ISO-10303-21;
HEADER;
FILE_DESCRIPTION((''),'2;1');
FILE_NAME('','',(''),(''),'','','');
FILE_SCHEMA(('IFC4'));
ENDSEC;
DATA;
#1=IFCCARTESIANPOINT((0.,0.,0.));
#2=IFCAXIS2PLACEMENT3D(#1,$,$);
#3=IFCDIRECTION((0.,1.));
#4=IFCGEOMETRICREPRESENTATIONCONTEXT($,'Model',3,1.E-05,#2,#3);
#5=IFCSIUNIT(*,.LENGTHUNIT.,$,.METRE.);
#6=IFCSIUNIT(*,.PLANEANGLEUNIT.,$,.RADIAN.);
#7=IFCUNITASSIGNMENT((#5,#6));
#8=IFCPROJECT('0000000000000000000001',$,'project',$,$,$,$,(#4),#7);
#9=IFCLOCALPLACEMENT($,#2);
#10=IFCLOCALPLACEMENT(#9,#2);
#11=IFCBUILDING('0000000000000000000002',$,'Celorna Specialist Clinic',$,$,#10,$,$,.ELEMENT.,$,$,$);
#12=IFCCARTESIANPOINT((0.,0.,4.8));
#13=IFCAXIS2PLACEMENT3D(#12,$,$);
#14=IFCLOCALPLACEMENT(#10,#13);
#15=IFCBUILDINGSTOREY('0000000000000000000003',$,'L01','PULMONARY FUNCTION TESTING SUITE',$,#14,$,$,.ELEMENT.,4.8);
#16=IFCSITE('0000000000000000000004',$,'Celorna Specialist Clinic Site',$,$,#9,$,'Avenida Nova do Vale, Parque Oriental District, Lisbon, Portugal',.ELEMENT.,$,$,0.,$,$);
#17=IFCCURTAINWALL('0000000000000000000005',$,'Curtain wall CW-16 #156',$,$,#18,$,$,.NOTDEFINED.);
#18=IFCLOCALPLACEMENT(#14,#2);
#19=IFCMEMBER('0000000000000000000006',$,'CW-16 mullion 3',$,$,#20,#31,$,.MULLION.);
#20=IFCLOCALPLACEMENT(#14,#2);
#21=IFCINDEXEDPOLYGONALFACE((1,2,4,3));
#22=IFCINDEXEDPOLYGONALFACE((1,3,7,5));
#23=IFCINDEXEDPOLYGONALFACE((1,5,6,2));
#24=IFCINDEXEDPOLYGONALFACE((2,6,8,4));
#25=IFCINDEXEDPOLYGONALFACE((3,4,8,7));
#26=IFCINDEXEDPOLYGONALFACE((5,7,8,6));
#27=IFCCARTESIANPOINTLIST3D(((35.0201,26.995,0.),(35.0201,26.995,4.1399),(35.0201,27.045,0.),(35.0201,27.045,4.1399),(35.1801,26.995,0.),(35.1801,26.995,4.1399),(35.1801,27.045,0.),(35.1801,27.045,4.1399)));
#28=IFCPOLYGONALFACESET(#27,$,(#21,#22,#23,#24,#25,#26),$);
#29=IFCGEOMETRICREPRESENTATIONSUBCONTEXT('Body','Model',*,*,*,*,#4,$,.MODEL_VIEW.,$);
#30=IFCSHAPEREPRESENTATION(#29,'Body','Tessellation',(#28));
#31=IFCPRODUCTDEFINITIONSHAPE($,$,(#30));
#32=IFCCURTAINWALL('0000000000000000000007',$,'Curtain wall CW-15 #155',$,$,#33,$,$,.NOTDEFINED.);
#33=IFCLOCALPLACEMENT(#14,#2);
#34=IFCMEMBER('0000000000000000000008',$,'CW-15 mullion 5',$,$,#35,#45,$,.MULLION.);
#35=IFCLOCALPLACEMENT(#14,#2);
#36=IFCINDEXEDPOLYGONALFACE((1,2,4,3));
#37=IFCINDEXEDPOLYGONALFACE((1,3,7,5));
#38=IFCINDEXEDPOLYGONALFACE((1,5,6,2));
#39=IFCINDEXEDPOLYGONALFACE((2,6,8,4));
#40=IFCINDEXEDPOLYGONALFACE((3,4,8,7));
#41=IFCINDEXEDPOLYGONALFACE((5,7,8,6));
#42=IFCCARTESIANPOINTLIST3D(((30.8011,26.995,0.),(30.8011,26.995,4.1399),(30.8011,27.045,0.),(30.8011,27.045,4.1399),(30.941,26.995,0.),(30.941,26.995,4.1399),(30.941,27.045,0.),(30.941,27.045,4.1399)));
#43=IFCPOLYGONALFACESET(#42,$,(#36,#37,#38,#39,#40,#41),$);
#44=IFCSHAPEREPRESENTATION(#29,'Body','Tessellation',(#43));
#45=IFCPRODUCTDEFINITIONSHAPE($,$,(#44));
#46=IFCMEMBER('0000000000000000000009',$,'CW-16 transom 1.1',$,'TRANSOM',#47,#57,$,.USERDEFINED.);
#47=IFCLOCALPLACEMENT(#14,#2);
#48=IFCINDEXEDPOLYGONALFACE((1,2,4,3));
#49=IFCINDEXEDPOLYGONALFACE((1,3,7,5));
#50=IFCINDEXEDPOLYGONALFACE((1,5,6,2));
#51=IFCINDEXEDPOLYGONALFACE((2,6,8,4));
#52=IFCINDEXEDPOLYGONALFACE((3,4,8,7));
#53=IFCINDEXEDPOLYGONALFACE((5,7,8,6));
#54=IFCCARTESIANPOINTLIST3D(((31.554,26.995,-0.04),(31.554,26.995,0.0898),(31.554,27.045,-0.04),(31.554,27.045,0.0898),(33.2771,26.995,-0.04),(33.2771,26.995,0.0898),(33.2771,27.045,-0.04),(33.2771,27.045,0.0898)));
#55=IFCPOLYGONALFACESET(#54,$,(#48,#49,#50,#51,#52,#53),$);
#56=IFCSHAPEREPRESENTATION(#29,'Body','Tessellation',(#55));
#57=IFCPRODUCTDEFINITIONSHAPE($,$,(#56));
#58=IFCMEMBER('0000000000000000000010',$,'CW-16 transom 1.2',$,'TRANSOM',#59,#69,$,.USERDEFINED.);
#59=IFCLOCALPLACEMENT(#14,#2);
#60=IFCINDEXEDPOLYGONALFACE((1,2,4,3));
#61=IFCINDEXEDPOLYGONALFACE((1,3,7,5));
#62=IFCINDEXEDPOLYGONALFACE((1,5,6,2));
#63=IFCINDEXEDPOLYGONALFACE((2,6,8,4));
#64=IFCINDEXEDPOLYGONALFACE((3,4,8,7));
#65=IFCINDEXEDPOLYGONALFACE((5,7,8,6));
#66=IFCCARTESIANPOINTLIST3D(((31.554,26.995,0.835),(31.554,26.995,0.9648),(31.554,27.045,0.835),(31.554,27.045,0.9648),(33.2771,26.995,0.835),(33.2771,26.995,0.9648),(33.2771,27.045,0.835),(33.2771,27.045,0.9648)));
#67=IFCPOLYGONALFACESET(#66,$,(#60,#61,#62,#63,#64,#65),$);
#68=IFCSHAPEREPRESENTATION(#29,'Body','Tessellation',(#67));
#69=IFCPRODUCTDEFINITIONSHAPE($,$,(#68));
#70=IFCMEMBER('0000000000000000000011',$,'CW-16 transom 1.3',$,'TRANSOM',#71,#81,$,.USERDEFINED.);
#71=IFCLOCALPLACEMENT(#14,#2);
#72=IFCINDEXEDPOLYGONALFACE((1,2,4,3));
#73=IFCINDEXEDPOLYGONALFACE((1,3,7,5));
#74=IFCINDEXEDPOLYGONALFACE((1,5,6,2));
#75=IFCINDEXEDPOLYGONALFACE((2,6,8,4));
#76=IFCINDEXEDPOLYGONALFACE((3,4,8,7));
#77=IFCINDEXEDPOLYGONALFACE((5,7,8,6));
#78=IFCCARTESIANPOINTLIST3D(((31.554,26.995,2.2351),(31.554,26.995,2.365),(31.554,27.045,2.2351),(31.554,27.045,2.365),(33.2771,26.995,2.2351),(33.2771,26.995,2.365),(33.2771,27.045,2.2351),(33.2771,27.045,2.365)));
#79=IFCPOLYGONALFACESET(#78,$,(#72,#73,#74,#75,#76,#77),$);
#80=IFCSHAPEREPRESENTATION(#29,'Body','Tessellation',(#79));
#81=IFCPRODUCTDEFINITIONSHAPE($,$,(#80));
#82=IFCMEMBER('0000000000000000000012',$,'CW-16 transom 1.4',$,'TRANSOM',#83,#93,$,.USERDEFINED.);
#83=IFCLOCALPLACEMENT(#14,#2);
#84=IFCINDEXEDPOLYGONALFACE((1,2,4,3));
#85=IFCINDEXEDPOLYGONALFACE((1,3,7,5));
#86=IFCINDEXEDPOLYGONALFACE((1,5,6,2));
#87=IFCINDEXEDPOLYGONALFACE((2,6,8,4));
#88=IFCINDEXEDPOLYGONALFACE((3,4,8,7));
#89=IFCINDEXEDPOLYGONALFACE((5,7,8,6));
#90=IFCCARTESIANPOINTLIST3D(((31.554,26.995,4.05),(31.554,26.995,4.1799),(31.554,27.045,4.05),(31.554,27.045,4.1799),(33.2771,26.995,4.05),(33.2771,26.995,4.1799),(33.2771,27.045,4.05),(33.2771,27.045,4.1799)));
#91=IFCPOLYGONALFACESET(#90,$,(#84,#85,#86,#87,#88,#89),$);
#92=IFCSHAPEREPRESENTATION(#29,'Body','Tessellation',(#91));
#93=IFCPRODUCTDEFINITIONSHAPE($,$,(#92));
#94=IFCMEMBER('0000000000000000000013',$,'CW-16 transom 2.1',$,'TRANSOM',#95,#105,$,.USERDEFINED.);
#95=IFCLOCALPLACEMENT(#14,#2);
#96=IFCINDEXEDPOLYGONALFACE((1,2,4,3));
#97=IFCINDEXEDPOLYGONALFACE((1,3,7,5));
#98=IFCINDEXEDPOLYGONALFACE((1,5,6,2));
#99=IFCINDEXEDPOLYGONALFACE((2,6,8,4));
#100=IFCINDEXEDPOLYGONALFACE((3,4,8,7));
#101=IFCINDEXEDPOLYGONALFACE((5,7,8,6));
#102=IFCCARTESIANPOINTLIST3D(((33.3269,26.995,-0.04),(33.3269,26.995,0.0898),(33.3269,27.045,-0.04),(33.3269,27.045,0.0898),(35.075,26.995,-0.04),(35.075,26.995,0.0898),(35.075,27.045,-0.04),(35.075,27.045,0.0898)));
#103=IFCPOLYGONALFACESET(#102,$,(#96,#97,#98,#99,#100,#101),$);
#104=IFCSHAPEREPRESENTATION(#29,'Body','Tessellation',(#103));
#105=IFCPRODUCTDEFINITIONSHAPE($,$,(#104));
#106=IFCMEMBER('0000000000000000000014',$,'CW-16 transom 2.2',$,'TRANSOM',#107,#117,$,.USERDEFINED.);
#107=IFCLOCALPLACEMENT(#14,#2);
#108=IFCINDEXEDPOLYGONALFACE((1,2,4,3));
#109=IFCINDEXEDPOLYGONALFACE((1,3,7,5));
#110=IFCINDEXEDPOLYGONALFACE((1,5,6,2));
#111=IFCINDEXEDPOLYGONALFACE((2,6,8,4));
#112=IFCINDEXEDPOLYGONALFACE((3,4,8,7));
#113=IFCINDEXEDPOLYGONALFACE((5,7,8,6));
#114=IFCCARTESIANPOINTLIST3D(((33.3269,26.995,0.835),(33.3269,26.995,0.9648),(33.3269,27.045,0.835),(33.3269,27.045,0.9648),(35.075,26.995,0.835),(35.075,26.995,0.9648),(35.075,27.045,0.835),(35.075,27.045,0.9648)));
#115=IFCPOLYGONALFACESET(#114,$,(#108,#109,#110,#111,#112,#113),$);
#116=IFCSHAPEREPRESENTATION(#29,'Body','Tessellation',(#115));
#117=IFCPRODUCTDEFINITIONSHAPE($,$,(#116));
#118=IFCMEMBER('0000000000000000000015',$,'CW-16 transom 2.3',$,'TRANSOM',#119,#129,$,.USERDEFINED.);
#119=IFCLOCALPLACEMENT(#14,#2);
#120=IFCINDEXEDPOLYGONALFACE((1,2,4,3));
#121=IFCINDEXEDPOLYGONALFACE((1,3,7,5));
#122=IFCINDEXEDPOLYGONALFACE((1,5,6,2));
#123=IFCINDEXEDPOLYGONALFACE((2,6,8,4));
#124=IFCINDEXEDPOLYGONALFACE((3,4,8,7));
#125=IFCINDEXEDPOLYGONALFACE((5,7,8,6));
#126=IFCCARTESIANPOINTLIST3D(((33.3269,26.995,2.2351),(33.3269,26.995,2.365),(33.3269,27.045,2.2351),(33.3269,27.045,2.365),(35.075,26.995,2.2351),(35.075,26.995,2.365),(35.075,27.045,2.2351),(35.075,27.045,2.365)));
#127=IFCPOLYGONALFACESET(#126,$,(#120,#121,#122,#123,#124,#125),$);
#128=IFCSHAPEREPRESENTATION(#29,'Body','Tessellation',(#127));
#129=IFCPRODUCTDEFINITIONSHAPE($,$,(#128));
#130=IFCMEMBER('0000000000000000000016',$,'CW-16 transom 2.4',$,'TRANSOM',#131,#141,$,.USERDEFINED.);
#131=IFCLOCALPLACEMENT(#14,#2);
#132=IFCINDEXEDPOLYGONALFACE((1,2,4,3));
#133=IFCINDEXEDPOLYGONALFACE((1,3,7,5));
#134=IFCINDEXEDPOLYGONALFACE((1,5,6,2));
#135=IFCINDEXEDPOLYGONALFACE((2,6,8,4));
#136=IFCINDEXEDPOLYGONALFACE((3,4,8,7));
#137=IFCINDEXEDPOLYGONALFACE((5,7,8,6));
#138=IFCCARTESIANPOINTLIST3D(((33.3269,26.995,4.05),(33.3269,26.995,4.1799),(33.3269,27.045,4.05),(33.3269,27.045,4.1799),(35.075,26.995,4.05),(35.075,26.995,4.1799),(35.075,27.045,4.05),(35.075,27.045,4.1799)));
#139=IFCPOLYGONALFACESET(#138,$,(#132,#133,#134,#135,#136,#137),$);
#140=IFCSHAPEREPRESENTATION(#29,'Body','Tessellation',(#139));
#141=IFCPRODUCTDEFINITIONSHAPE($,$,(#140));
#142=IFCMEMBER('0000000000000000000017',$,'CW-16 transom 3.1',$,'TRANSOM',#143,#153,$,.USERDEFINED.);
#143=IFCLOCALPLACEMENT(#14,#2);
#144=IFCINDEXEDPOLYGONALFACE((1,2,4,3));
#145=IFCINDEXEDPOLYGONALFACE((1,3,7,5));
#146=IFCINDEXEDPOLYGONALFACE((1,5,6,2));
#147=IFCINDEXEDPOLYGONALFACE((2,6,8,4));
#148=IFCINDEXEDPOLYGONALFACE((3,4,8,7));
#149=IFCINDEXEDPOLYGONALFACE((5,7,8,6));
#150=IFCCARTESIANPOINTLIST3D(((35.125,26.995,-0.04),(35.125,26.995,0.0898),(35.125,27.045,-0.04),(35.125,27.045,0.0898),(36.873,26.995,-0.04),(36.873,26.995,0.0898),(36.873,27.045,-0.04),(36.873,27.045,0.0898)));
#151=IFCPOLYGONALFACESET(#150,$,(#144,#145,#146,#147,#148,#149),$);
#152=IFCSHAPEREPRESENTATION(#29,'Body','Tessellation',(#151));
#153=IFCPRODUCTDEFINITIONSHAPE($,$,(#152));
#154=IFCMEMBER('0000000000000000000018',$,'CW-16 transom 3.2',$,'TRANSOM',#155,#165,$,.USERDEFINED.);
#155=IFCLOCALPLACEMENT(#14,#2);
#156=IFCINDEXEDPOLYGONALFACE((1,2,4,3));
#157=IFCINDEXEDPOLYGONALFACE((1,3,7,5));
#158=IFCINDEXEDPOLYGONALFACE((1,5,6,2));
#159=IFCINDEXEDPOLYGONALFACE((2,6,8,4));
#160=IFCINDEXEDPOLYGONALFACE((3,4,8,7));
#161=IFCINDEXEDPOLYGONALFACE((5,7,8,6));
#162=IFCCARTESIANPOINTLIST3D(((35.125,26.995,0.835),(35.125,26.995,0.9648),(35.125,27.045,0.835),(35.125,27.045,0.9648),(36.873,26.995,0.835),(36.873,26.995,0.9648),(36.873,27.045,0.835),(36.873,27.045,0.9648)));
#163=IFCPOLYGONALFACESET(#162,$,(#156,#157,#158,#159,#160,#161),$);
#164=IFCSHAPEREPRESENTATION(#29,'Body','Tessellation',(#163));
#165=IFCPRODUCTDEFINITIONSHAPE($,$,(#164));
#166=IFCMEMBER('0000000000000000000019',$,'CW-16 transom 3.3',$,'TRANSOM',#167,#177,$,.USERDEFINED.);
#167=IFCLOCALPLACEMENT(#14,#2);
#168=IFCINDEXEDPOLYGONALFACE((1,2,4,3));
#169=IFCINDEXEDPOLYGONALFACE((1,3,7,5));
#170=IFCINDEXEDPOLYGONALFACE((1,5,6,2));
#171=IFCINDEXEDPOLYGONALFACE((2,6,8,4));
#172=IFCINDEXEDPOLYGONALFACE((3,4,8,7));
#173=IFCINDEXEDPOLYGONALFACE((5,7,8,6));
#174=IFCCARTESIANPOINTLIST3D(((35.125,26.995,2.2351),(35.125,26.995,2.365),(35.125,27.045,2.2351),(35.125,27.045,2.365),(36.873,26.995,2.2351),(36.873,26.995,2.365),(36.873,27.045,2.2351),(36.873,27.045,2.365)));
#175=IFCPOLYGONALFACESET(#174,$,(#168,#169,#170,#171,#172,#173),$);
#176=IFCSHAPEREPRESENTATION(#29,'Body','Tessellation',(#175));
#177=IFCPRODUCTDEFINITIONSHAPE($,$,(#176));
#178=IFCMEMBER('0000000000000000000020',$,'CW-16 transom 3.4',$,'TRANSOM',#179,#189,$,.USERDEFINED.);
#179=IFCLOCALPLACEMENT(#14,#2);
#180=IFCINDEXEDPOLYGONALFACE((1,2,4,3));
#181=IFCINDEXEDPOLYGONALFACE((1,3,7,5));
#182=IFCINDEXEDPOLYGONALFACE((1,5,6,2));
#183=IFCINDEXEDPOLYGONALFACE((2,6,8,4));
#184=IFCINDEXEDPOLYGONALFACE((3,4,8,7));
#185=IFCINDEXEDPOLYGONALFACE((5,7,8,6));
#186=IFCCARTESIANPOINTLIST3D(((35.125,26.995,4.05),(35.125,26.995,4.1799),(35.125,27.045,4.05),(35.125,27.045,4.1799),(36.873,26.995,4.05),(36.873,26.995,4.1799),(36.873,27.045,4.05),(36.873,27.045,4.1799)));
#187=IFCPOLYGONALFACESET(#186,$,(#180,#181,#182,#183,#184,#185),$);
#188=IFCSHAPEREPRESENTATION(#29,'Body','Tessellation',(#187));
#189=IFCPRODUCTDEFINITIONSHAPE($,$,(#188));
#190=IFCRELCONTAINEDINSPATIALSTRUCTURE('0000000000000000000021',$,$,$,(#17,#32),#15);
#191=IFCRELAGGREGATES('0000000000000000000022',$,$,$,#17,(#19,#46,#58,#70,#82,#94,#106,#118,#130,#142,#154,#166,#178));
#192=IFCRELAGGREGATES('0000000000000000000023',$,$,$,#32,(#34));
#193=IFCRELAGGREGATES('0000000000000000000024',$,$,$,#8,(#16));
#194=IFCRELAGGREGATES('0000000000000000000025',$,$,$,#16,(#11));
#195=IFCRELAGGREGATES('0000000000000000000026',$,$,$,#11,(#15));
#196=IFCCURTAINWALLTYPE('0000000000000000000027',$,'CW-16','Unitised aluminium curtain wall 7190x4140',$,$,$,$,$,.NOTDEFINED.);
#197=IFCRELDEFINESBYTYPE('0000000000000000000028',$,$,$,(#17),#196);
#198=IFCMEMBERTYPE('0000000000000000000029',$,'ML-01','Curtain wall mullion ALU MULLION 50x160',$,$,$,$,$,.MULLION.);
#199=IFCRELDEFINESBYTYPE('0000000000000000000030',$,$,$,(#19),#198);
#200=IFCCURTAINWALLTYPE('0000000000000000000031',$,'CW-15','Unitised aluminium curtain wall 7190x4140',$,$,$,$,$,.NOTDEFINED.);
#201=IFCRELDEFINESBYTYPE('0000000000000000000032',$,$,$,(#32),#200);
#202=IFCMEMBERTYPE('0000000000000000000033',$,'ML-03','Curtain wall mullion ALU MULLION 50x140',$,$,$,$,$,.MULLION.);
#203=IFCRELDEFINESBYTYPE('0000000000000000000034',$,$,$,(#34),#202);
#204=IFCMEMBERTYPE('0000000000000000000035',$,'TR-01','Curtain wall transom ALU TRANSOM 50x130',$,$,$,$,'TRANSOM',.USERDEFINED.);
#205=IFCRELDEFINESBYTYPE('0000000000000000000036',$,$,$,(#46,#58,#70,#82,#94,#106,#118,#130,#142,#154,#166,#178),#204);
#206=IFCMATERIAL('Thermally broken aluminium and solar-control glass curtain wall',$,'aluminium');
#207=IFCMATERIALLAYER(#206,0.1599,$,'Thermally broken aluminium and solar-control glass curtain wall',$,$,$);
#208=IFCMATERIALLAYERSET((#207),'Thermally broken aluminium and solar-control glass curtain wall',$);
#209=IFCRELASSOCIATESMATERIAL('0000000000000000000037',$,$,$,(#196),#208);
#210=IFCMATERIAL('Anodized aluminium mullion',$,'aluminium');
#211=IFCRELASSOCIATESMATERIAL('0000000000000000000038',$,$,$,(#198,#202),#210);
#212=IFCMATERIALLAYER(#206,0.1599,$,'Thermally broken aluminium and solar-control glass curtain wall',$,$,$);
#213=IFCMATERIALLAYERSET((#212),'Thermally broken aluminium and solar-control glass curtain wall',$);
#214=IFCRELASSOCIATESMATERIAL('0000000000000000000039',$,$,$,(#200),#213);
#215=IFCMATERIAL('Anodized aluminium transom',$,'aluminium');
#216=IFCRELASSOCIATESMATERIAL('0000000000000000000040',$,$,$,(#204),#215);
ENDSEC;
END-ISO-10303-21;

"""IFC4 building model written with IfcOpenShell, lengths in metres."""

from ifc_helpers import new_model, si_unit, direction, frame, origin, origin_2d, place, context, subcontext, project, spatial, rectangle, extrude, material, layer, layer_set, material_profile, profile_set, type_object, element, aggregate, save


model = new_model("IFC4")

# Units and contexts
model_context = context("Model", 3, precision=1e-05, world=origin(), true_north=direction((0.0, 1.0)))
body_context = subcontext(model_context, "Body", "Model", "MODEL_VIEW")
ifc_project = project(units=[si_unit("LENGTHUNIT", "METRE"), si_unit("PLANEANGLEUNIT", "RADIAN")], contexts=[model_context])

# Site, building, storey
site_placement = place(None, origin())
site = spatial("IfcSite", under=ifc_project, at=site_placement, Name="Celorna Specialist Clinic Site", LongName="Avenida Nova do Vale, Parque Oriental District, Lisbon, Portugal", CompositionType="ELEMENT", RefElevation=0.0)
building_placement = place(site_placement, origin())
building = spatial("IfcBuilding", under=site, at=building_placement, Name="Celorna Specialist Clinic", CompositionType="ELEMENT")
storey_placement = place(building_placement, frame((0.0, 0.0, 4.8)))
storey = spatial("IfcBuildingStorey", under=building, at=storey_placement, Name="L01", Description="PULMONARY FUNCTION TESTING SUITE", CompositionType="ELEMENT", Elevation=4.8)

# Curtain wall, member
ifc_material_1 = material(Name="Thermally broken aluminium and solar-control glass curtain wall", Category="aluminium")
ifc_layer_1 = layer(ifc_material_1, 0.1599, Name="Thermally broken aluminium and solar-control glass curtain wall")
ifc_layer_set_1 = layer_set([ifc_layer_1], Name="Thermally broken aluminium and solar-control glass curtain wall")
curtain_wall_type_1 = type_object("IfcCurtainWallType", Name="CW-16", Description="Unitised aluminium curtain wall 7190x4140", PredefinedType="NOTDEFINED", material=ifc_layer_set_1)
curtain_wall_1_placement = place(storey_placement, origin())
curtain_wall_1 = element("IfcCurtainWall", 1, at=curtain_wall_1_placement, inside=storey, type_object=curtain_wall_type_1, Name="Curtain wall CW-16 #156", PredefinedType="NOTDEFINED")
ifc_material_2 = material(Name="Anodized aluminium mullion", Category="aluminium")
ifc_material_profile_1 = material_profile(ifc_material_2, rectangle(XDim=0.05, YDim=0.1599, at=origin_2d()), Name="ALU MULLION 50x160")
ifc_profile_set_1 = profile_set([ifc_material_profile_1], Name="Anodized aluminium mullion")
member_type_1 = type_object("IfcMemberType", Name="ML-01", Description="Curtain wall mullion ALU MULLION 50x160", PredefinedType="MULLION", material=ifc_profile_set_1)
member_1_placement = place(storey_placement, frame((35.1001, 27.02, 0.0), z_axis=(0.0, 0.0, 1.0), x_axis=(0.0, 1.0, 0.0)))
member_1 = element("IfcMember", 2, at=member_1_placement, type_object=member_type_1, Name="CW-16 mullion 3", PredefinedType="MULLION", context=body_context, shape_type="SweptSolid", body=[
    extrude(rectangle(XDim=0.05, YDim=0.1599, at=origin_2d()), origin(), (0.0, 0.0, 1.0), 4.1399),
])

# Curtain wall, member
ifc_layer_2 = layer(ifc_material_1, 0.1599, Name="Thermally broken aluminium and solar-control glass curtain wall")
ifc_layer_set_2 = layer_set([ifc_layer_2], Name="Thermally broken aluminium and solar-control glass curtain wall")
curtain_wall_type_2 = type_object("IfcCurtainWallType", Name="CW-15", Description="Unitised aluminium curtain wall 7190x4140", PredefinedType="NOTDEFINED", material=ifc_layer_set_2)
curtain_wall_2_placement = place(storey_placement, origin())
curtain_wall_2 = element("IfcCurtainWall", 3, at=curtain_wall_2_placement, inside=storey, type_object=curtain_wall_type_2, Name="Curtain wall CW-15 #155", PredefinedType="NOTDEFINED")
ifc_material_profile_2 = material_profile(ifc_material_2, rectangle(XDim=0.05, YDim=0.1399, at=origin_2d()), Name="ALU MULLION 50x140")
ifc_profile_set_2 = profile_set([ifc_material_profile_2], Name="Anodized aluminium mullion")
member_type_2 = type_object("IfcMemberType", Name="ML-03", Description="Curtain wall mullion ALU MULLION 50x140", PredefinedType="MULLION", material=ifc_profile_set_2)
member_2_placement = place(storey_placement, frame((30.8711, 27.02, 0.0), z_axis=(0.0, 0.0, 1.0), x_axis=(0.0, 1.0, 0.0)))
member_2 = element("IfcMember", 4, at=member_2_placement, type_object=member_type_2, Name="CW-15 mullion 5", PredefinedType="MULLION", context=body_context, shape_type="SweptSolid", body=[
    extrude(rectangle(XDim=0.05, YDim=0.1399, at=origin_2d()), origin(), (0.0, 0.0, 1.0), 4.1399),
])

# Members
ifc_material_3 = material(Name="Anodized aluminium transom", Category="aluminium")
ifc_material_profile_3 = material_profile(ifc_material_3, rectangle(XDim=0.05, YDim=0.1299, at=origin_2d()), Name="ALU TRANSOM 50x130")
ifc_profile_set_3 = profile_set([ifc_material_profile_3], Name="Anodized aluminium transom")
member_type_3 = type_object("IfcMemberType", Name="TR-01", Description="Curtain wall transom ALU TRANSOM 50x130", ElementType="TRANSOM", PredefinedType="USERDEFINED", material=ifc_profile_set_3)
member_3_placement = place(storey_placement, frame((31.554, 27.02, 0.0249), z_axis=(1.0, 0.0, 0.0), x_axis=(0.0, 1.0, 0.0)))
member_3 = element("IfcMember", 5, at=member_3_placement, type_object=member_type_3, Name="CW-16 transom 1.1", ObjectType="TRANSOM", PredefinedType="USERDEFINED", context=body_context, shape_type="SweptSolid", body=[
    extrude(rectangle(XDim=0.05, YDim=0.1299, at=origin_2d()), origin(), (0.0, 0.0, 1.0), 1.7231),
])
member_4_placement = place(storey_placement, frame((31.554, 27.02, 0.8999), z_axis=(1.0, 0.0, 0.0), x_axis=(0.0, 1.0, 0.0)))
member_4 = element("IfcMember", 6, at=member_4_placement, type_object=member_type_3, Name="CW-16 transom 1.2", ObjectType="TRANSOM", PredefinedType="USERDEFINED", context=body_context, shape_type="SweptSolid", body=[
    extrude(rectangle(XDim=0.05, YDim=0.1299, at=origin_2d()), origin(), (0.0, 0.0, 1.0), 1.7231),
])
member_5_placement = place(storey_placement, frame((31.554, 27.02, 2.3), z_axis=(1.0, 0.0, 0.0), x_axis=(0.0, 1.0, 0.0)))
member_5 = element("IfcMember", 7, at=member_5_placement, type_object=member_type_3, Name="CW-16 transom 1.3", ObjectType="TRANSOM", PredefinedType="USERDEFINED", context=body_context, shape_type="SweptSolid", body=[
    extrude(rectangle(XDim=0.05, YDim=0.1299, at=origin_2d()), origin(), (0.0, 0.0, 1.0), 1.7231),
])
member_6_placement = place(storey_placement, frame((31.554, 27.02, 4.115), z_axis=(1.0, 0.0, 0.0), x_axis=(0.0, 1.0, 0.0)))
member_6 = element("IfcMember", 8, at=member_6_placement, type_object=member_type_3, Name="CW-16 transom 1.4", ObjectType="TRANSOM", PredefinedType="USERDEFINED", context=body_context, shape_type="SweptSolid", body=[
    extrude(rectangle(XDim=0.05, YDim=0.1299, at=origin_2d()), origin(), (0.0, 0.0, 1.0), 1.7231),
])
member_7_placement = place(storey_placement, frame((33.3269, 27.02, 0.0249), z_axis=(1.0, 0.0, 0.0), x_axis=(0.0, 1.0, 0.0)))
member_7 = element("IfcMember", 9, at=member_7_placement, type_object=member_type_3, Name="CW-16 transom 2.1", ObjectType="TRANSOM", PredefinedType="USERDEFINED", context=body_context, shape_type="SweptSolid", body=[
    extrude(rectangle(XDim=0.05, YDim=0.1299, at=origin_2d()), origin(), (0.0, 0.0, 1.0), 1.748),
])
member_8_placement = place(storey_placement, frame((33.3269, 27.02, 0.8999), z_axis=(1.0, 0.0, 0.0), x_axis=(0.0, 1.0, 0.0)))
member_8 = element("IfcMember", 10, at=member_8_placement, type_object=member_type_3, Name="CW-16 transom 2.2", ObjectType="TRANSOM", PredefinedType="USERDEFINED", context=body_context, shape_type="SweptSolid", body=[
    extrude(rectangle(XDim=0.05, YDim=0.1299, at=origin_2d()), origin(), (0.0, 0.0, 1.0), 1.748),
])
member_9_placement = place(storey_placement, frame((33.3269, 27.02, 2.3), z_axis=(1.0, 0.0, 0.0), x_axis=(0.0, 1.0, 0.0)))
member_9 = element("IfcMember", 11, at=member_9_placement, type_object=member_type_3, Name="CW-16 transom 2.3", ObjectType="TRANSOM", PredefinedType="USERDEFINED", context=body_context, shape_type="SweptSolid", body=[
    extrude(rectangle(XDim=0.05, YDim=0.1299, at=origin_2d()), origin(), (0.0, 0.0, 1.0), 1.748),
])
member_10_placement = place(storey_placement, frame((33.3269, 27.02, 4.115), z_axis=(1.0, 0.0, 0.0), x_axis=(0.0, 1.0, 0.0)))
member_10 = element("IfcMember", 12, at=member_10_placement, type_object=member_type_3, Name="CW-16 transom 2.4", ObjectType="TRANSOM", PredefinedType="USERDEFINED", context=body_context, shape_type="SweptSolid", body=[
    extrude(rectangle(XDim=0.05, YDim=0.1299, at=origin_2d()), origin(), (0.0, 0.0, 1.0), 1.748),
])
member_11_placement = place(storey_placement, frame((35.125, 27.02, 0.0249), z_axis=(1.0, 0.0, 0.0), x_axis=(0.0, 1.0, 0.0)))
member_11 = element("IfcMember", 13, at=member_11_placement, type_object=member_type_3, Name="CW-16 transom 3.1", ObjectType="TRANSOM", PredefinedType="USERDEFINED", context=body_context, shape_type="SweptSolid", body=[
    extrude(rectangle(XDim=0.05, YDim=0.1299, at=origin_2d()), origin(), (0.0, 0.0, 1.0), 1.748),
])
member_12_placement = place(storey_placement, frame((35.125, 27.02, 0.8999), z_axis=(1.0, 0.0, 0.0), x_axis=(0.0, 1.0, 0.0)))
member_12 = element("IfcMember", 14, at=member_12_placement, type_object=member_type_3, Name="CW-16 transom 3.2", ObjectType="TRANSOM", PredefinedType="USERDEFINED", context=body_context, shape_type="SweptSolid", body=[
    extrude(rectangle(XDim=0.05, YDim=0.1299, at=origin_2d()), origin(), (0.0, 0.0, 1.0), 1.748),
])
member_13_placement = place(storey_placement, frame((35.125, 27.02, 2.3), z_axis=(1.0, 0.0, 0.0), x_axis=(0.0, 1.0, 0.0)))
member_13 = element("IfcMember", 15, at=member_13_placement, type_object=member_type_3, Name="CW-16 transom 3.3", ObjectType="TRANSOM", PredefinedType="USERDEFINED", context=body_context, shape_type="SweptSolid", body=[
    extrude(rectangle(XDim=0.05, YDim=0.1299, at=origin_2d()), origin(), (0.0, 0.0, 1.0), 1.748),
])
member_14_placement = place(storey_placement, frame((35.125, 27.02, 4.115), z_axis=(1.0, 0.0, 0.0), x_axis=(0.0, 1.0, 0.0)))
member_14 = element("IfcMember", 16, at=member_14_placement, type_object=member_type_3, Name="CW-16 transom 3.4", ObjectType="TRANSOM", PredefinedType="USERDEFINED", context=body_context, shape_type="SweptSolid", body=[
    extrude(rectangle(XDim=0.05, YDim=0.1299, at=origin_2d()), origin(), (0.0, 0.0, 1.0), 1.748),
])

aggregate(curtain_wall_1, [member_1, member_3, member_4, member_5, member_6, member_7, member_8, member_9, member_10, member_11, member_12, member_13, member_14])
aggregate(curtain_wall_2, [member_2])

save(model, "model.ifc")
